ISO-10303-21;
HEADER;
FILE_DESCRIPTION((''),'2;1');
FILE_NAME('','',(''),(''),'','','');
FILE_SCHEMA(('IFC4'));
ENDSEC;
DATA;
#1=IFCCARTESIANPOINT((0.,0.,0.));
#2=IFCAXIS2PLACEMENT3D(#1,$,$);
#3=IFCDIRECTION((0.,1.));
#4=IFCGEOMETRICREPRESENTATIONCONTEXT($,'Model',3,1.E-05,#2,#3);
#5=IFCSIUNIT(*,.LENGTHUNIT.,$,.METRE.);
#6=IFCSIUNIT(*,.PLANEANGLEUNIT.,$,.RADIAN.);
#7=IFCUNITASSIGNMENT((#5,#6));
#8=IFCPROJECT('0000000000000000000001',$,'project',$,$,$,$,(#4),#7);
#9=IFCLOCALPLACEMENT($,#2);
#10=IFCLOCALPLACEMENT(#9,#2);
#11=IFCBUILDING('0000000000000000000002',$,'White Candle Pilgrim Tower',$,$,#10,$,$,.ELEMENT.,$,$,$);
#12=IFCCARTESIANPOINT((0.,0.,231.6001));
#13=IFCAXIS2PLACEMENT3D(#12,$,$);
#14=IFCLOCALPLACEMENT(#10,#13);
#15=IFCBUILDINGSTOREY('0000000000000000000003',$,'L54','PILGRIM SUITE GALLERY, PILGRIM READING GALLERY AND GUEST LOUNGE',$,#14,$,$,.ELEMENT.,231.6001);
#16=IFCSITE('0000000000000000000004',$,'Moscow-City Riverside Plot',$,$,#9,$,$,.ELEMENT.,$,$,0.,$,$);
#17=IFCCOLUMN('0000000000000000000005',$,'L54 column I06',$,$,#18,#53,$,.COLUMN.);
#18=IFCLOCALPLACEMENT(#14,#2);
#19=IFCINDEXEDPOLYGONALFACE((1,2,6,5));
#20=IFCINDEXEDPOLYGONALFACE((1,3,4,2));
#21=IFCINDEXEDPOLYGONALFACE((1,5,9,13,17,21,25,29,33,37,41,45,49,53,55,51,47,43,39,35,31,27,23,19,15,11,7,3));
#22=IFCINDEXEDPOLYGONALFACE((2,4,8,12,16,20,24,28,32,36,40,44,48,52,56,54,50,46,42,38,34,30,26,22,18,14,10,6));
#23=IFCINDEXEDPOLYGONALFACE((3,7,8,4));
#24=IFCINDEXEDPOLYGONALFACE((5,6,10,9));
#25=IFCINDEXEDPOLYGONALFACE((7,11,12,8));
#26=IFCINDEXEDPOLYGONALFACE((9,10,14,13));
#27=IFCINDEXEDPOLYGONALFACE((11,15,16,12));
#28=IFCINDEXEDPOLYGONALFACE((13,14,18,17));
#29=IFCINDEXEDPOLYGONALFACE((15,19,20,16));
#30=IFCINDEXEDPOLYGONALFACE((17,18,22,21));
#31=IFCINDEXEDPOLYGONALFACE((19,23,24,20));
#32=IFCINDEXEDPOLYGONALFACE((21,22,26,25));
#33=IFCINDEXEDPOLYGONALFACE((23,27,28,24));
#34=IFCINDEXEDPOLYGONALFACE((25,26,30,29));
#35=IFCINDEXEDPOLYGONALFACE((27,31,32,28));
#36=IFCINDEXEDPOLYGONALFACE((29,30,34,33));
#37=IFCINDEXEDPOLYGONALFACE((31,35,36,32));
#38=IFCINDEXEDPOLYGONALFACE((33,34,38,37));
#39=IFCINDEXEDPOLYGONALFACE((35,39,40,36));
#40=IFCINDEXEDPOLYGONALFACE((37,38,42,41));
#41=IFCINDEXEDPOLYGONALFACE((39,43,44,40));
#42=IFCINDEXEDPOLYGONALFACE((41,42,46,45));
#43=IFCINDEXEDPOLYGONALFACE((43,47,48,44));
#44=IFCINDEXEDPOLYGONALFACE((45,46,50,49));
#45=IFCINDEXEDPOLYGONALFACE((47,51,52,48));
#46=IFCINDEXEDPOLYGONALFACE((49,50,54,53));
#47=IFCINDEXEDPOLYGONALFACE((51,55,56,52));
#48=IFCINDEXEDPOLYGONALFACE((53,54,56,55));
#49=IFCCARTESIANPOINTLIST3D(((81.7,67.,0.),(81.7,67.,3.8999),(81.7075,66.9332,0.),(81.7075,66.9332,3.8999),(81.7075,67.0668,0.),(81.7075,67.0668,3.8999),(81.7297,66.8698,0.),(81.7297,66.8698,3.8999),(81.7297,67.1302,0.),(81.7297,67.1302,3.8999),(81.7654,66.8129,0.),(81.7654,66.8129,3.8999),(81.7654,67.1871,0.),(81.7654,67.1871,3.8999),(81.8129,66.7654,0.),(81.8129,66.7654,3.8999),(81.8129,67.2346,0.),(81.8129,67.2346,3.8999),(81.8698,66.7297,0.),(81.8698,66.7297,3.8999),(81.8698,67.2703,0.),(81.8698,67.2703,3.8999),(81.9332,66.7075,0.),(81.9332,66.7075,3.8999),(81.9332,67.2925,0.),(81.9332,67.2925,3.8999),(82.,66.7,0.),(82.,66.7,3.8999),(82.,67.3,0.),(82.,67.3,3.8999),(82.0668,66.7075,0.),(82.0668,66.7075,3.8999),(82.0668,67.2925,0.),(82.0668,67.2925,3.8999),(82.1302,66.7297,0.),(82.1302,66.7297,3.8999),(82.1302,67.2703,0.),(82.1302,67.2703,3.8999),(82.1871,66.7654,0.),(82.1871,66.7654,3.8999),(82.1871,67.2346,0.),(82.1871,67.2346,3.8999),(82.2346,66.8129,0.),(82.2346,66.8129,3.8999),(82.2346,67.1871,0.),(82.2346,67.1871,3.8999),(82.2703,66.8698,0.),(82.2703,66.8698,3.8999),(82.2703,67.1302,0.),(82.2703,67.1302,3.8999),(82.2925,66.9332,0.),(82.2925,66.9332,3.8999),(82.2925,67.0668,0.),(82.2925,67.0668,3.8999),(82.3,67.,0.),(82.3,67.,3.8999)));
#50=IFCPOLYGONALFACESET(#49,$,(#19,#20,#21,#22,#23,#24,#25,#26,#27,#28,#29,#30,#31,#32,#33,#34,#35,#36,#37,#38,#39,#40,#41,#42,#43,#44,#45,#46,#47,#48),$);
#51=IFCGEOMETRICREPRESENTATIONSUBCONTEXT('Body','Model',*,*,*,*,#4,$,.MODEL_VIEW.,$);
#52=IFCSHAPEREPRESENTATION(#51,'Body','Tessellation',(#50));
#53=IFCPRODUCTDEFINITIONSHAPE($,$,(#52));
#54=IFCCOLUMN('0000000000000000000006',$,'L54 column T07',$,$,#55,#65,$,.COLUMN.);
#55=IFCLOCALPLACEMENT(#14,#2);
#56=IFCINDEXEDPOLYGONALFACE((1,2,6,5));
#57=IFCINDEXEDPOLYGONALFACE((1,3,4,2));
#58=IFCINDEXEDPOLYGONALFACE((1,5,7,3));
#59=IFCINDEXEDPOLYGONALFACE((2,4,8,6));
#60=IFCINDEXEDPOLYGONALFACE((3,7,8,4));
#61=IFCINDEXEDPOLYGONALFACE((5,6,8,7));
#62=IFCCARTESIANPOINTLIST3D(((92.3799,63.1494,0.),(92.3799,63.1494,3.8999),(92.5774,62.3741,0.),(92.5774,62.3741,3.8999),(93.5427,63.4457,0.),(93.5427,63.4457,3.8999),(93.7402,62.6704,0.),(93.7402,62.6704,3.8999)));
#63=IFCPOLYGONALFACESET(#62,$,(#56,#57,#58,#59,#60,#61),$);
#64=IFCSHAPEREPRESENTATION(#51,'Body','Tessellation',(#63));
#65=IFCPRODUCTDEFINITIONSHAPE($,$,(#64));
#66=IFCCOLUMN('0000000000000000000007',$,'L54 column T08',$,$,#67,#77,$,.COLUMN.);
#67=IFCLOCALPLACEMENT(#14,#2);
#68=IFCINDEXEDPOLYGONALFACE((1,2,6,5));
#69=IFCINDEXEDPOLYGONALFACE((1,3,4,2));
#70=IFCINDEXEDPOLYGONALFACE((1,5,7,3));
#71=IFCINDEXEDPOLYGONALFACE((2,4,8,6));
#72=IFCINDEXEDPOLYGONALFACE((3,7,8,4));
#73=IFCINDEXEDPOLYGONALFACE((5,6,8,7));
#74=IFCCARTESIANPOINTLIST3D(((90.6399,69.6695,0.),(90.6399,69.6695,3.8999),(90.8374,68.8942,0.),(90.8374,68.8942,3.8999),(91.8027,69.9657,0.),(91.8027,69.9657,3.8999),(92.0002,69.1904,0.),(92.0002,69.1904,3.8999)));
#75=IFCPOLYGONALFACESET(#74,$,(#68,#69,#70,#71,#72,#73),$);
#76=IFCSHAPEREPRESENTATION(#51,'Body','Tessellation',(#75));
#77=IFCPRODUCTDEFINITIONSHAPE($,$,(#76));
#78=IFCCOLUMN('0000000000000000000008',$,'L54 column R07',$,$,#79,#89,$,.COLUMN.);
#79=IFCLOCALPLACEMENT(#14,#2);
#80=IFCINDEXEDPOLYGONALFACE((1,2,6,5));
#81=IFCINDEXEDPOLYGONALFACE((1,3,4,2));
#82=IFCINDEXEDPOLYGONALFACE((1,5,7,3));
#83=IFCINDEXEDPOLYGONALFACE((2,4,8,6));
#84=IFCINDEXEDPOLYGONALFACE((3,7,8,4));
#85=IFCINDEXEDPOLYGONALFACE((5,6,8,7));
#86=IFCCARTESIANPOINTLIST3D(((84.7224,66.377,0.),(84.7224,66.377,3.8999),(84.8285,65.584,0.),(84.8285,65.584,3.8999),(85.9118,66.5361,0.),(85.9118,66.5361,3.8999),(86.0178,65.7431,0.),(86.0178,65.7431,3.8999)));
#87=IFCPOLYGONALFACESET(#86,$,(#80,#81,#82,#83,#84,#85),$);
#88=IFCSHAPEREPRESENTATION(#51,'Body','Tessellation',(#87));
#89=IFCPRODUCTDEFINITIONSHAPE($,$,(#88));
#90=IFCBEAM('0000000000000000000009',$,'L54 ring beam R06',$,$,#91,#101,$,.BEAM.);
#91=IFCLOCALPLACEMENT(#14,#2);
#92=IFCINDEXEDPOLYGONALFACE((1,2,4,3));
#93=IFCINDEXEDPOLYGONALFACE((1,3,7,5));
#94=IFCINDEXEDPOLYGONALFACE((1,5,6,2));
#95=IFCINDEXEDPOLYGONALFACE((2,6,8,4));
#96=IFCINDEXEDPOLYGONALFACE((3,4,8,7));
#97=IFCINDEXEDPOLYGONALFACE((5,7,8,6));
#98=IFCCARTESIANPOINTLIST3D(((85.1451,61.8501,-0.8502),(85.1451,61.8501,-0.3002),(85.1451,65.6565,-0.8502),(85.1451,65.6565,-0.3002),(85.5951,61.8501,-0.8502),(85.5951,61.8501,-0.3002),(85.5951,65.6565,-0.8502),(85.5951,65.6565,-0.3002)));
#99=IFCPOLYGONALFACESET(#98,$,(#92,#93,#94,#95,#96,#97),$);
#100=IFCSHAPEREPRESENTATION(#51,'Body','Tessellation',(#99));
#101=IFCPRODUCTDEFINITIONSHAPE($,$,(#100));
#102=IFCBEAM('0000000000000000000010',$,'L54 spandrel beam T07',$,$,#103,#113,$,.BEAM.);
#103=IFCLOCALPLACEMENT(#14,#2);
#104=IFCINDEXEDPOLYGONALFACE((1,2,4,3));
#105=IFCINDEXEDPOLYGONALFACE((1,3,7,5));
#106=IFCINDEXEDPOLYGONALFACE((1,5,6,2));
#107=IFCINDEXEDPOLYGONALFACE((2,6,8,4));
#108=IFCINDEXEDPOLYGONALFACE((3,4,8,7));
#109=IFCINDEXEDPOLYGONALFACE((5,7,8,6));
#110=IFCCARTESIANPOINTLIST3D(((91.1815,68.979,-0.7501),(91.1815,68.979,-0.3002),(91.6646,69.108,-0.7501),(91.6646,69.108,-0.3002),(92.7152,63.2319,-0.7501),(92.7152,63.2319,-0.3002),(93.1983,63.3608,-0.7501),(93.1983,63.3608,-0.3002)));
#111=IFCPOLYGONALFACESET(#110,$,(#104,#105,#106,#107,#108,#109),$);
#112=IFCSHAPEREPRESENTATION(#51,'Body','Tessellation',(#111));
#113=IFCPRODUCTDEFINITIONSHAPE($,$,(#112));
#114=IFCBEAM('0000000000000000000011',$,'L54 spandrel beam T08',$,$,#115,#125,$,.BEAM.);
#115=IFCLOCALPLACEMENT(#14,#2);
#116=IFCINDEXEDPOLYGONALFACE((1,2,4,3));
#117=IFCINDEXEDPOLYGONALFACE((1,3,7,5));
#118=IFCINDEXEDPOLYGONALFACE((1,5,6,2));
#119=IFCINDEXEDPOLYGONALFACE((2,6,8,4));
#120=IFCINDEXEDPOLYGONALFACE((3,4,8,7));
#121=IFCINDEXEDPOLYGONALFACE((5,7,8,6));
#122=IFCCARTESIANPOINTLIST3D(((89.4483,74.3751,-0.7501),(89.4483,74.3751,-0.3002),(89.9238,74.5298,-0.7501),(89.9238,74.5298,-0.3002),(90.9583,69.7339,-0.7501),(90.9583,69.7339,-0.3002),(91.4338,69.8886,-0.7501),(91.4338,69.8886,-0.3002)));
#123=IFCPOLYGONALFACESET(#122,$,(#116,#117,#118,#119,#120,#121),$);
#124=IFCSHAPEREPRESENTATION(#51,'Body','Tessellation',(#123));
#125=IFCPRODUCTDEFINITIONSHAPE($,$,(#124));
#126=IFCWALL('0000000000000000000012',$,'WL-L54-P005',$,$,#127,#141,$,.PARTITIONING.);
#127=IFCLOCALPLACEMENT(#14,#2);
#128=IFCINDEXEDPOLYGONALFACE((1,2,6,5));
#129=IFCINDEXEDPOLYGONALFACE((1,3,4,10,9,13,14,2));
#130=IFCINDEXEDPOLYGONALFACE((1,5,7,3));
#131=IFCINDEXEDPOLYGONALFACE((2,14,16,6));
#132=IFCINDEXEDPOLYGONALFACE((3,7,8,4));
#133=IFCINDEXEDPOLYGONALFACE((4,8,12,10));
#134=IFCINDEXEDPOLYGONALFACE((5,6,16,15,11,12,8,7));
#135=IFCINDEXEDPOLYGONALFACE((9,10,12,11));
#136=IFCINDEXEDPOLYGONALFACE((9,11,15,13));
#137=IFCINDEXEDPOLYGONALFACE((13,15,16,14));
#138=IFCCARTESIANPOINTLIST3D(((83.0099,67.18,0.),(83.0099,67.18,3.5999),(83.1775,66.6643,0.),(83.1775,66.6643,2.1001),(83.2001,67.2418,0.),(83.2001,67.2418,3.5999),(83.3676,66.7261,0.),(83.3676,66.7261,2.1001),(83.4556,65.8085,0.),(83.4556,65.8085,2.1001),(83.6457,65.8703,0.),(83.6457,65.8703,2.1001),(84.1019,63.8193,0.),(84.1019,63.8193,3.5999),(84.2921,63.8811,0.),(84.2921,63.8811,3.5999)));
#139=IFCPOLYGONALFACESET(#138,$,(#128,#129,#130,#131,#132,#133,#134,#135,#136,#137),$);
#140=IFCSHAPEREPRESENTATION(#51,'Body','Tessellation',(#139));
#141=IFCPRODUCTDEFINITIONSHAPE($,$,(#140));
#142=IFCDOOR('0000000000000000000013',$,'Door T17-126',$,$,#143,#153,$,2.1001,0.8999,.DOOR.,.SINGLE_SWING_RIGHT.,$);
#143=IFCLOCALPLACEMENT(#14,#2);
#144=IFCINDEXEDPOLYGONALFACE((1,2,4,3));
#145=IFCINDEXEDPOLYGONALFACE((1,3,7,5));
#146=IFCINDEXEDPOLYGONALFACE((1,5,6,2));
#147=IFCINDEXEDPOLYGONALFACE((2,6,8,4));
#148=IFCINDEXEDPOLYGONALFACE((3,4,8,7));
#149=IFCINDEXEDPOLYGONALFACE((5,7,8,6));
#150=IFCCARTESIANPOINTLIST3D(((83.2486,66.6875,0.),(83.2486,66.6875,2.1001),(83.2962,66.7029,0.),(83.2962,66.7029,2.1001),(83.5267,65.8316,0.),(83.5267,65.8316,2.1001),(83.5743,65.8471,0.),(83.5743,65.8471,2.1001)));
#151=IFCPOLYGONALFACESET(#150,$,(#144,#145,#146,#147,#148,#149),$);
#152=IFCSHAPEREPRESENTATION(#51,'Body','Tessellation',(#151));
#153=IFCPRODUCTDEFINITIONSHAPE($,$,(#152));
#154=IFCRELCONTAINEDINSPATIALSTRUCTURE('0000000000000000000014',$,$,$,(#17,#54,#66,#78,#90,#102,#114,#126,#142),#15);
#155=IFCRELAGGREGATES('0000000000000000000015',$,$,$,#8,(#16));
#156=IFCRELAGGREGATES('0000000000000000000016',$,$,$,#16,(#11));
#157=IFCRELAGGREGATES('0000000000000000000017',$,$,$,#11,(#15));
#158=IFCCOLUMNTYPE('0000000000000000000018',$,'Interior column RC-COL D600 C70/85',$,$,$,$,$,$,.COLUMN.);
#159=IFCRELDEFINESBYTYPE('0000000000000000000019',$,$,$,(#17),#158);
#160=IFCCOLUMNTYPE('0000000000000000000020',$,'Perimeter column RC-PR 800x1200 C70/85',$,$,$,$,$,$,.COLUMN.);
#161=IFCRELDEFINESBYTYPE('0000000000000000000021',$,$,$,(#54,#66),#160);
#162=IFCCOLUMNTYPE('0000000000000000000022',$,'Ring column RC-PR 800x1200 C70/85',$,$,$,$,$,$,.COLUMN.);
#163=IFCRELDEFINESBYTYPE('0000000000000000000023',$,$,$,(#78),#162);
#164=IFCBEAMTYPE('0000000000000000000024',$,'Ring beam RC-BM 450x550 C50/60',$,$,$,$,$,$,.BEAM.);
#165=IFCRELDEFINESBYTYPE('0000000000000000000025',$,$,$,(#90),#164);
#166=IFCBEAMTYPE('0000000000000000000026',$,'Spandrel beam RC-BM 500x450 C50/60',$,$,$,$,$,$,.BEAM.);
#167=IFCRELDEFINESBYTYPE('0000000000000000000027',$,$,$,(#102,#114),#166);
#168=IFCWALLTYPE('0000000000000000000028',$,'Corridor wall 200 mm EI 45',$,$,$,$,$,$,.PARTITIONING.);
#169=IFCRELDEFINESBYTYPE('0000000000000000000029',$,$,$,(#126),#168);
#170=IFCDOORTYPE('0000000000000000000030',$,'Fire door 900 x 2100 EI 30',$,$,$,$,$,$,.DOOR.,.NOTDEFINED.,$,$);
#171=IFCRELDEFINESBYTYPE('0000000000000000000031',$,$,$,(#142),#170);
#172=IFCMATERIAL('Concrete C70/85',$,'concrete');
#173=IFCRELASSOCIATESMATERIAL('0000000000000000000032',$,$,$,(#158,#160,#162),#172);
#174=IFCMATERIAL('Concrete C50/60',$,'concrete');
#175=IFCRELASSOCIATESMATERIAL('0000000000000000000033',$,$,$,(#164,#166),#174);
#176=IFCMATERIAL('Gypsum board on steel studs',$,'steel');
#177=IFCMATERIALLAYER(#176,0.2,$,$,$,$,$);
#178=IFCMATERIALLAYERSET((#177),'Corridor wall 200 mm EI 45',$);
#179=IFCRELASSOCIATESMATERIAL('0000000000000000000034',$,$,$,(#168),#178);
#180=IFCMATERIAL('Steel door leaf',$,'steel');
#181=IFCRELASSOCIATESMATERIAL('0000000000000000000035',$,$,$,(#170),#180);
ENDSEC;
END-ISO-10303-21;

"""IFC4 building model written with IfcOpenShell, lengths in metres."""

from ifc_helpers import new_model, si_unit, direction, frame, frame_2d, origin, origin_2d, place, context, subcontext, project, spatial, rectangle, circle, extrude, material, layer, layer_set, material_profile, profile_set, type_object, element, fill, save


model = new_model("IFC4")

# Units and contexts
model_context = context("Model", 3, precision=1e-05, world=origin(), true_north=direction((0.0, 1.0)))
body_context = subcontext(model_context, "Body", "Model", "MODEL_VIEW")
ifc_project = project(units=[si_unit("LENGTHUNIT", "METRE"), si_unit("PLANEANGLEUNIT", "RADIAN")], contexts=[model_context])

# Site, building, storey
site_placement = place(None, origin())
site = spatial("IfcSite", under=ifc_project, at=site_placement, Name="Moscow-City Riverside Plot", CompositionType="ELEMENT", RefElevation=0.0)
building_placement = place(site_placement, origin())
building = spatial("IfcBuilding", under=site, at=building_placement, Name="White Candle Pilgrim Tower", CompositionType="ELEMENT")
storey_placement = place(building_placement, frame((0.0, 0.0, 231.6001)))
storey = spatial("IfcBuildingStorey", under=building, at=storey_placement, Name="L54", Description="PILGRIM SUITE GALLERY, PILGRIM READING GALLERY AND GUEST LOUNGE", CompositionType="ELEMENT", Elevation=231.6001)

# Columns
ifc_material_1 = material(Name="Concrete C70/85", Category="concrete")
ifc_material_profile_1 = material_profile(ifc_material_1, circle(Radius=0.3, at=origin_2d()), Name="RC-COL D600")
ifc_profile_set_1 = profile_set([ifc_material_profile_1], Name="Concrete C70/85")
column_type_1 = type_object("IfcColumnType", Name="Interior column RC-COL D600 C70/85", PredefinedType="COLUMN", material=ifc_profile_set_1)
column_1_placement = place(storey_placement, frame((82.0, 67.0, 0.0), z_axis=(0.0, 0.0, 1.0), x_axis=(1.0, 0.0, 0.0)))
element("IfcColumn", 1, at=column_1_placement, inside=storey, type_object=column_type_1, Name="L54 column I06", PredefinedType="COLUMN", context=body_context, shape_type="SweptSolid", body=[
    extrude(circle(Radius=0.3, at=origin_2d()), origin(), (0.0, 0.0, 1.0), 3.8999),
])
ifc_material_profile_2 = material_profile(ifc_material_1, rectangle(XDim=0.8, YDim=1.2, at=origin_2d()), Name="RC-PR 800x1200")
ifc_profile_set_2 = profile_set([ifc_material_profile_2], Name="Concrete C70/85")
column_type_2 = type_object("IfcColumnType", Name="Perimeter column RC-PR 800x1200 C70/85", PredefinedType="COLUMN", material=ifc_profile_set_2)
for number, where, z_axis, x_axis, name in (
    (2, (93.0601, 62.9099, 0.0), (0.0, 0.0, 1.0), (0.246881, -0.969046, 0.0), "L54 column T07"),
    (3, (91.3201, 69.4299, 0.0), (0.0, 0.0, 1.0), (0.246881, -0.969046, 0.0), "L54 column T08"),
):
    element("IfcColumn", number, at=place(storey_placement, frame(where, z_axis=z_axis, x_axis=x_axis)), inside=storey, type_object=column_type_2, Name=name, PredefinedType="COLUMN", context=body_context, shape_type="SweptSolid", body=[
        extrude(rectangle(XDim=0.8, YDim=1.2, at=origin_2d()), origin(), (0.0, 0.0, 1.0), 3.8999),
    ])
ifc_material_profile_3 = material_profile(ifc_material_1, rectangle(XDim=0.8, YDim=1.2, at=origin_2d()), Name="RC-PR 800x1200")
ifc_profile_set_3 = profile_set([ifc_material_profile_3], Name="Concrete C70/85")
column_type_3 = type_object("IfcColumnType", Name="Ring column RC-PR 800x1200 C70/85", PredefinedType="COLUMN", material=ifc_profile_set_3)
column_2_placement = place(storey_placement, frame((85.3701, 66.0601, 0.0), z_axis=(0.0, 0.0, 1.0), x_axis=(0.132602, -0.991169, 0.0)))
element("IfcColumn", 4, at=column_2_placement, inside=storey, type_object=column_type_3, Name="L54 column R07", PredefinedType="COLUMN", context=body_context, shape_type="SweptSolid", body=[
    extrude(rectangle(XDim=0.8, YDim=1.2, at=origin_2d()), origin(), (0.0, 0.0, 1.0), 3.8999),
])

# Beams
ifc_material_2 = material(Name="Concrete C50/60", Category="concrete")
ifc_material_profile_4 = material_profile(ifc_material_2, rectangle(XDim=0.45, YDim=0.55, at=origin_2d()), Name="RC-BM 450x550")
ifc_profile_set_4 = profile_set([ifc_material_profile_4], Name="Concrete C50/60")
beam_type_1 = type_object("IfcBeamType", Name="Ring beam RC-BM 450x550 C50/60", PredefinedType="BEAM", material=ifc_profile_set_4)
beam_1_placement = place(storey_placement, frame((85.3701, 65.6565, -0.5752), z_axis=(0.0, -1.0, 0.0), x_axis=(1.0, 0.0, 0.0)))
element("IfcBeam", 5, at=beam_1_placement, inside=storey, type_object=beam_type_1, Name="L54 ring beam R06", PredefinedType="BEAM", context=body_context, shape_type="SweptSolid", body=[
    extrude(rectangle(XDim=0.45, YDim=0.55, at=origin_2d()), origin(), (0.0, 0.0, 1.0), 3.8064),
])
ifc_material_profile_5 = material_profile(ifc_material_2, rectangle(XDim=0.5, YDim=0.45, at=origin_2d()), Name="RC-BM 500x450")
ifc_profile_set_5 = profile_set([ifc_material_profile_5], Name="Concrete C50/60")
beam_type_2 = type_object("IfcBeamType", Name="Spandrel beam RC-BM 500x450 C50/60", PredefinedType="BEAM", material=ifc_profile_set_5)
beam_2_placement = place(storey_placement, frame((92.9568, 63.2964, -0.5251), z_axis=(-0.257841, 0.966187, 0.0), x_axis=(-0.966187, -0.257841, 0.0)))
element("IfcBeam", 6, at=beam_2_placement, inside=storey, type_object=beam_type_2, Name="L54 spandrel beam T07", PredefinedType="BEAM", context=body_context, shape_type="SweptSolid", body=[
    extrude(rectangle(XDim=0.5, YDim=0.45, at=origin_2d()), origin(), (0.0, 0.0, 1.0), 5.9482),
])
beam_3_placement = place(storey_placement, frame((91.196, 69.8113, -0.5251), z_axis=(-0.309391, 0.950935, 0.0), x_axis=(-0.950935, -0.309391, 0.0)))
element("IfcBeam", 7, at=beam_3_placement, inside=storey, type_object=beam_type_2, Name="L54 spandrel beam T08", PredefinedType="BEAM", context=body_context, shape_type="SweptSolid", body=[
    extrude(rectangle(XDim=0.5, YDim=0.45, at=origin_2d()), origin(), (0.0, 0.0, 1.0), 4.8806),
])

# Wall, opening, door
ifc_material_3 = material(Name="Gypsum board on steel studs", Category="steel")
ifc_layer_1 = layer(ifc_material_3, 0.2)
ifc_layer_set_1 = layer_set([ifc_layer_1], Name="Corridor wall 200 mm EI 45")
wall_type_1 = type_object("IfcWallType", Name="Corridor wall 200 mm EI 45", PredefinedType="PARTITIONING", material=ifc_layer_set_1)
wall_1_placement = place(storey_placement, frame((83.105, 67.2109, 0.0), z_axis=(0.0, 0.0, 1.0), x_axis=(0.309027, -0.951053, 0.0)))
wall_1 = element("IfcWall", 8, at=wall_1_placement, inside=storey, type_object=wall_type_1, Name="WL-L54-P005", PredefinedType="PARTITIONING", context=body_context, shape_type="SweptSolid", body=[
    extrude(rectangle(XDim=3.5337, YDim=0.2, at=frame_2d((1.7668, 0.0))), origin(), (0.0, 0.0, 1.0), 3.5999),
])
opening_1_placement = place(wall_1_placement, frame((0.5422, 0.0, 0.0)))
opening_1 = element("IfcOpeningElement", 9, at=opening_1_placement, cuts=wall_1, PredefinedType="OPENING", context=body_context, shape_type="SweptSolid", body=[
    extrude(rectangle(XDim=0.8999, YDim=2.1001, at=frame_2d((0.45, 1.05))), frame((0.0, 0.1099, 0.0), z_axis=(0.0, -1.0, 0.0), x_axis=(1.0, 0.0, 0.0)), (0.0, 0.0, 1.0), 0.22),
])
ifc_material_4 = material(Name="Steel door leaf", Category="steel")
door_type_1 = type_object("IfcDoorType", Name="Fire door 900 x 2100 EI 30", OperationType="NOTDEFINED", PredefinedType="DOOR", material=ifc_material_4)
door_1_placement = place(opening_1_placement, origin())
door_1 = element("IfcDoor", 10, at=door_1_placement, inside=storey, type_object=door_type_1, Name="Door T17-126", OperationType="SINGLE_SWING_RIGHT", OverallHeight=2.1001, OverallWidth=0.8999, PredefinedType="DOOR", context=body_context, shape_type="SweptSolid", body=[
    extrude(rectangle(XDim=0.8999, YDim=2.1001, at=frame_2d((0.45, 1.05))), frame((0.0, 0.0249, 0.0), z_axis=(0.0, -1.0, 0.0), x_axis=(1.0, 0.0, 0.0)), (0.0, 0.0, 1.0), 0.05),
])
fill(opening_1, door_1)

save(model, "model.ifc")
